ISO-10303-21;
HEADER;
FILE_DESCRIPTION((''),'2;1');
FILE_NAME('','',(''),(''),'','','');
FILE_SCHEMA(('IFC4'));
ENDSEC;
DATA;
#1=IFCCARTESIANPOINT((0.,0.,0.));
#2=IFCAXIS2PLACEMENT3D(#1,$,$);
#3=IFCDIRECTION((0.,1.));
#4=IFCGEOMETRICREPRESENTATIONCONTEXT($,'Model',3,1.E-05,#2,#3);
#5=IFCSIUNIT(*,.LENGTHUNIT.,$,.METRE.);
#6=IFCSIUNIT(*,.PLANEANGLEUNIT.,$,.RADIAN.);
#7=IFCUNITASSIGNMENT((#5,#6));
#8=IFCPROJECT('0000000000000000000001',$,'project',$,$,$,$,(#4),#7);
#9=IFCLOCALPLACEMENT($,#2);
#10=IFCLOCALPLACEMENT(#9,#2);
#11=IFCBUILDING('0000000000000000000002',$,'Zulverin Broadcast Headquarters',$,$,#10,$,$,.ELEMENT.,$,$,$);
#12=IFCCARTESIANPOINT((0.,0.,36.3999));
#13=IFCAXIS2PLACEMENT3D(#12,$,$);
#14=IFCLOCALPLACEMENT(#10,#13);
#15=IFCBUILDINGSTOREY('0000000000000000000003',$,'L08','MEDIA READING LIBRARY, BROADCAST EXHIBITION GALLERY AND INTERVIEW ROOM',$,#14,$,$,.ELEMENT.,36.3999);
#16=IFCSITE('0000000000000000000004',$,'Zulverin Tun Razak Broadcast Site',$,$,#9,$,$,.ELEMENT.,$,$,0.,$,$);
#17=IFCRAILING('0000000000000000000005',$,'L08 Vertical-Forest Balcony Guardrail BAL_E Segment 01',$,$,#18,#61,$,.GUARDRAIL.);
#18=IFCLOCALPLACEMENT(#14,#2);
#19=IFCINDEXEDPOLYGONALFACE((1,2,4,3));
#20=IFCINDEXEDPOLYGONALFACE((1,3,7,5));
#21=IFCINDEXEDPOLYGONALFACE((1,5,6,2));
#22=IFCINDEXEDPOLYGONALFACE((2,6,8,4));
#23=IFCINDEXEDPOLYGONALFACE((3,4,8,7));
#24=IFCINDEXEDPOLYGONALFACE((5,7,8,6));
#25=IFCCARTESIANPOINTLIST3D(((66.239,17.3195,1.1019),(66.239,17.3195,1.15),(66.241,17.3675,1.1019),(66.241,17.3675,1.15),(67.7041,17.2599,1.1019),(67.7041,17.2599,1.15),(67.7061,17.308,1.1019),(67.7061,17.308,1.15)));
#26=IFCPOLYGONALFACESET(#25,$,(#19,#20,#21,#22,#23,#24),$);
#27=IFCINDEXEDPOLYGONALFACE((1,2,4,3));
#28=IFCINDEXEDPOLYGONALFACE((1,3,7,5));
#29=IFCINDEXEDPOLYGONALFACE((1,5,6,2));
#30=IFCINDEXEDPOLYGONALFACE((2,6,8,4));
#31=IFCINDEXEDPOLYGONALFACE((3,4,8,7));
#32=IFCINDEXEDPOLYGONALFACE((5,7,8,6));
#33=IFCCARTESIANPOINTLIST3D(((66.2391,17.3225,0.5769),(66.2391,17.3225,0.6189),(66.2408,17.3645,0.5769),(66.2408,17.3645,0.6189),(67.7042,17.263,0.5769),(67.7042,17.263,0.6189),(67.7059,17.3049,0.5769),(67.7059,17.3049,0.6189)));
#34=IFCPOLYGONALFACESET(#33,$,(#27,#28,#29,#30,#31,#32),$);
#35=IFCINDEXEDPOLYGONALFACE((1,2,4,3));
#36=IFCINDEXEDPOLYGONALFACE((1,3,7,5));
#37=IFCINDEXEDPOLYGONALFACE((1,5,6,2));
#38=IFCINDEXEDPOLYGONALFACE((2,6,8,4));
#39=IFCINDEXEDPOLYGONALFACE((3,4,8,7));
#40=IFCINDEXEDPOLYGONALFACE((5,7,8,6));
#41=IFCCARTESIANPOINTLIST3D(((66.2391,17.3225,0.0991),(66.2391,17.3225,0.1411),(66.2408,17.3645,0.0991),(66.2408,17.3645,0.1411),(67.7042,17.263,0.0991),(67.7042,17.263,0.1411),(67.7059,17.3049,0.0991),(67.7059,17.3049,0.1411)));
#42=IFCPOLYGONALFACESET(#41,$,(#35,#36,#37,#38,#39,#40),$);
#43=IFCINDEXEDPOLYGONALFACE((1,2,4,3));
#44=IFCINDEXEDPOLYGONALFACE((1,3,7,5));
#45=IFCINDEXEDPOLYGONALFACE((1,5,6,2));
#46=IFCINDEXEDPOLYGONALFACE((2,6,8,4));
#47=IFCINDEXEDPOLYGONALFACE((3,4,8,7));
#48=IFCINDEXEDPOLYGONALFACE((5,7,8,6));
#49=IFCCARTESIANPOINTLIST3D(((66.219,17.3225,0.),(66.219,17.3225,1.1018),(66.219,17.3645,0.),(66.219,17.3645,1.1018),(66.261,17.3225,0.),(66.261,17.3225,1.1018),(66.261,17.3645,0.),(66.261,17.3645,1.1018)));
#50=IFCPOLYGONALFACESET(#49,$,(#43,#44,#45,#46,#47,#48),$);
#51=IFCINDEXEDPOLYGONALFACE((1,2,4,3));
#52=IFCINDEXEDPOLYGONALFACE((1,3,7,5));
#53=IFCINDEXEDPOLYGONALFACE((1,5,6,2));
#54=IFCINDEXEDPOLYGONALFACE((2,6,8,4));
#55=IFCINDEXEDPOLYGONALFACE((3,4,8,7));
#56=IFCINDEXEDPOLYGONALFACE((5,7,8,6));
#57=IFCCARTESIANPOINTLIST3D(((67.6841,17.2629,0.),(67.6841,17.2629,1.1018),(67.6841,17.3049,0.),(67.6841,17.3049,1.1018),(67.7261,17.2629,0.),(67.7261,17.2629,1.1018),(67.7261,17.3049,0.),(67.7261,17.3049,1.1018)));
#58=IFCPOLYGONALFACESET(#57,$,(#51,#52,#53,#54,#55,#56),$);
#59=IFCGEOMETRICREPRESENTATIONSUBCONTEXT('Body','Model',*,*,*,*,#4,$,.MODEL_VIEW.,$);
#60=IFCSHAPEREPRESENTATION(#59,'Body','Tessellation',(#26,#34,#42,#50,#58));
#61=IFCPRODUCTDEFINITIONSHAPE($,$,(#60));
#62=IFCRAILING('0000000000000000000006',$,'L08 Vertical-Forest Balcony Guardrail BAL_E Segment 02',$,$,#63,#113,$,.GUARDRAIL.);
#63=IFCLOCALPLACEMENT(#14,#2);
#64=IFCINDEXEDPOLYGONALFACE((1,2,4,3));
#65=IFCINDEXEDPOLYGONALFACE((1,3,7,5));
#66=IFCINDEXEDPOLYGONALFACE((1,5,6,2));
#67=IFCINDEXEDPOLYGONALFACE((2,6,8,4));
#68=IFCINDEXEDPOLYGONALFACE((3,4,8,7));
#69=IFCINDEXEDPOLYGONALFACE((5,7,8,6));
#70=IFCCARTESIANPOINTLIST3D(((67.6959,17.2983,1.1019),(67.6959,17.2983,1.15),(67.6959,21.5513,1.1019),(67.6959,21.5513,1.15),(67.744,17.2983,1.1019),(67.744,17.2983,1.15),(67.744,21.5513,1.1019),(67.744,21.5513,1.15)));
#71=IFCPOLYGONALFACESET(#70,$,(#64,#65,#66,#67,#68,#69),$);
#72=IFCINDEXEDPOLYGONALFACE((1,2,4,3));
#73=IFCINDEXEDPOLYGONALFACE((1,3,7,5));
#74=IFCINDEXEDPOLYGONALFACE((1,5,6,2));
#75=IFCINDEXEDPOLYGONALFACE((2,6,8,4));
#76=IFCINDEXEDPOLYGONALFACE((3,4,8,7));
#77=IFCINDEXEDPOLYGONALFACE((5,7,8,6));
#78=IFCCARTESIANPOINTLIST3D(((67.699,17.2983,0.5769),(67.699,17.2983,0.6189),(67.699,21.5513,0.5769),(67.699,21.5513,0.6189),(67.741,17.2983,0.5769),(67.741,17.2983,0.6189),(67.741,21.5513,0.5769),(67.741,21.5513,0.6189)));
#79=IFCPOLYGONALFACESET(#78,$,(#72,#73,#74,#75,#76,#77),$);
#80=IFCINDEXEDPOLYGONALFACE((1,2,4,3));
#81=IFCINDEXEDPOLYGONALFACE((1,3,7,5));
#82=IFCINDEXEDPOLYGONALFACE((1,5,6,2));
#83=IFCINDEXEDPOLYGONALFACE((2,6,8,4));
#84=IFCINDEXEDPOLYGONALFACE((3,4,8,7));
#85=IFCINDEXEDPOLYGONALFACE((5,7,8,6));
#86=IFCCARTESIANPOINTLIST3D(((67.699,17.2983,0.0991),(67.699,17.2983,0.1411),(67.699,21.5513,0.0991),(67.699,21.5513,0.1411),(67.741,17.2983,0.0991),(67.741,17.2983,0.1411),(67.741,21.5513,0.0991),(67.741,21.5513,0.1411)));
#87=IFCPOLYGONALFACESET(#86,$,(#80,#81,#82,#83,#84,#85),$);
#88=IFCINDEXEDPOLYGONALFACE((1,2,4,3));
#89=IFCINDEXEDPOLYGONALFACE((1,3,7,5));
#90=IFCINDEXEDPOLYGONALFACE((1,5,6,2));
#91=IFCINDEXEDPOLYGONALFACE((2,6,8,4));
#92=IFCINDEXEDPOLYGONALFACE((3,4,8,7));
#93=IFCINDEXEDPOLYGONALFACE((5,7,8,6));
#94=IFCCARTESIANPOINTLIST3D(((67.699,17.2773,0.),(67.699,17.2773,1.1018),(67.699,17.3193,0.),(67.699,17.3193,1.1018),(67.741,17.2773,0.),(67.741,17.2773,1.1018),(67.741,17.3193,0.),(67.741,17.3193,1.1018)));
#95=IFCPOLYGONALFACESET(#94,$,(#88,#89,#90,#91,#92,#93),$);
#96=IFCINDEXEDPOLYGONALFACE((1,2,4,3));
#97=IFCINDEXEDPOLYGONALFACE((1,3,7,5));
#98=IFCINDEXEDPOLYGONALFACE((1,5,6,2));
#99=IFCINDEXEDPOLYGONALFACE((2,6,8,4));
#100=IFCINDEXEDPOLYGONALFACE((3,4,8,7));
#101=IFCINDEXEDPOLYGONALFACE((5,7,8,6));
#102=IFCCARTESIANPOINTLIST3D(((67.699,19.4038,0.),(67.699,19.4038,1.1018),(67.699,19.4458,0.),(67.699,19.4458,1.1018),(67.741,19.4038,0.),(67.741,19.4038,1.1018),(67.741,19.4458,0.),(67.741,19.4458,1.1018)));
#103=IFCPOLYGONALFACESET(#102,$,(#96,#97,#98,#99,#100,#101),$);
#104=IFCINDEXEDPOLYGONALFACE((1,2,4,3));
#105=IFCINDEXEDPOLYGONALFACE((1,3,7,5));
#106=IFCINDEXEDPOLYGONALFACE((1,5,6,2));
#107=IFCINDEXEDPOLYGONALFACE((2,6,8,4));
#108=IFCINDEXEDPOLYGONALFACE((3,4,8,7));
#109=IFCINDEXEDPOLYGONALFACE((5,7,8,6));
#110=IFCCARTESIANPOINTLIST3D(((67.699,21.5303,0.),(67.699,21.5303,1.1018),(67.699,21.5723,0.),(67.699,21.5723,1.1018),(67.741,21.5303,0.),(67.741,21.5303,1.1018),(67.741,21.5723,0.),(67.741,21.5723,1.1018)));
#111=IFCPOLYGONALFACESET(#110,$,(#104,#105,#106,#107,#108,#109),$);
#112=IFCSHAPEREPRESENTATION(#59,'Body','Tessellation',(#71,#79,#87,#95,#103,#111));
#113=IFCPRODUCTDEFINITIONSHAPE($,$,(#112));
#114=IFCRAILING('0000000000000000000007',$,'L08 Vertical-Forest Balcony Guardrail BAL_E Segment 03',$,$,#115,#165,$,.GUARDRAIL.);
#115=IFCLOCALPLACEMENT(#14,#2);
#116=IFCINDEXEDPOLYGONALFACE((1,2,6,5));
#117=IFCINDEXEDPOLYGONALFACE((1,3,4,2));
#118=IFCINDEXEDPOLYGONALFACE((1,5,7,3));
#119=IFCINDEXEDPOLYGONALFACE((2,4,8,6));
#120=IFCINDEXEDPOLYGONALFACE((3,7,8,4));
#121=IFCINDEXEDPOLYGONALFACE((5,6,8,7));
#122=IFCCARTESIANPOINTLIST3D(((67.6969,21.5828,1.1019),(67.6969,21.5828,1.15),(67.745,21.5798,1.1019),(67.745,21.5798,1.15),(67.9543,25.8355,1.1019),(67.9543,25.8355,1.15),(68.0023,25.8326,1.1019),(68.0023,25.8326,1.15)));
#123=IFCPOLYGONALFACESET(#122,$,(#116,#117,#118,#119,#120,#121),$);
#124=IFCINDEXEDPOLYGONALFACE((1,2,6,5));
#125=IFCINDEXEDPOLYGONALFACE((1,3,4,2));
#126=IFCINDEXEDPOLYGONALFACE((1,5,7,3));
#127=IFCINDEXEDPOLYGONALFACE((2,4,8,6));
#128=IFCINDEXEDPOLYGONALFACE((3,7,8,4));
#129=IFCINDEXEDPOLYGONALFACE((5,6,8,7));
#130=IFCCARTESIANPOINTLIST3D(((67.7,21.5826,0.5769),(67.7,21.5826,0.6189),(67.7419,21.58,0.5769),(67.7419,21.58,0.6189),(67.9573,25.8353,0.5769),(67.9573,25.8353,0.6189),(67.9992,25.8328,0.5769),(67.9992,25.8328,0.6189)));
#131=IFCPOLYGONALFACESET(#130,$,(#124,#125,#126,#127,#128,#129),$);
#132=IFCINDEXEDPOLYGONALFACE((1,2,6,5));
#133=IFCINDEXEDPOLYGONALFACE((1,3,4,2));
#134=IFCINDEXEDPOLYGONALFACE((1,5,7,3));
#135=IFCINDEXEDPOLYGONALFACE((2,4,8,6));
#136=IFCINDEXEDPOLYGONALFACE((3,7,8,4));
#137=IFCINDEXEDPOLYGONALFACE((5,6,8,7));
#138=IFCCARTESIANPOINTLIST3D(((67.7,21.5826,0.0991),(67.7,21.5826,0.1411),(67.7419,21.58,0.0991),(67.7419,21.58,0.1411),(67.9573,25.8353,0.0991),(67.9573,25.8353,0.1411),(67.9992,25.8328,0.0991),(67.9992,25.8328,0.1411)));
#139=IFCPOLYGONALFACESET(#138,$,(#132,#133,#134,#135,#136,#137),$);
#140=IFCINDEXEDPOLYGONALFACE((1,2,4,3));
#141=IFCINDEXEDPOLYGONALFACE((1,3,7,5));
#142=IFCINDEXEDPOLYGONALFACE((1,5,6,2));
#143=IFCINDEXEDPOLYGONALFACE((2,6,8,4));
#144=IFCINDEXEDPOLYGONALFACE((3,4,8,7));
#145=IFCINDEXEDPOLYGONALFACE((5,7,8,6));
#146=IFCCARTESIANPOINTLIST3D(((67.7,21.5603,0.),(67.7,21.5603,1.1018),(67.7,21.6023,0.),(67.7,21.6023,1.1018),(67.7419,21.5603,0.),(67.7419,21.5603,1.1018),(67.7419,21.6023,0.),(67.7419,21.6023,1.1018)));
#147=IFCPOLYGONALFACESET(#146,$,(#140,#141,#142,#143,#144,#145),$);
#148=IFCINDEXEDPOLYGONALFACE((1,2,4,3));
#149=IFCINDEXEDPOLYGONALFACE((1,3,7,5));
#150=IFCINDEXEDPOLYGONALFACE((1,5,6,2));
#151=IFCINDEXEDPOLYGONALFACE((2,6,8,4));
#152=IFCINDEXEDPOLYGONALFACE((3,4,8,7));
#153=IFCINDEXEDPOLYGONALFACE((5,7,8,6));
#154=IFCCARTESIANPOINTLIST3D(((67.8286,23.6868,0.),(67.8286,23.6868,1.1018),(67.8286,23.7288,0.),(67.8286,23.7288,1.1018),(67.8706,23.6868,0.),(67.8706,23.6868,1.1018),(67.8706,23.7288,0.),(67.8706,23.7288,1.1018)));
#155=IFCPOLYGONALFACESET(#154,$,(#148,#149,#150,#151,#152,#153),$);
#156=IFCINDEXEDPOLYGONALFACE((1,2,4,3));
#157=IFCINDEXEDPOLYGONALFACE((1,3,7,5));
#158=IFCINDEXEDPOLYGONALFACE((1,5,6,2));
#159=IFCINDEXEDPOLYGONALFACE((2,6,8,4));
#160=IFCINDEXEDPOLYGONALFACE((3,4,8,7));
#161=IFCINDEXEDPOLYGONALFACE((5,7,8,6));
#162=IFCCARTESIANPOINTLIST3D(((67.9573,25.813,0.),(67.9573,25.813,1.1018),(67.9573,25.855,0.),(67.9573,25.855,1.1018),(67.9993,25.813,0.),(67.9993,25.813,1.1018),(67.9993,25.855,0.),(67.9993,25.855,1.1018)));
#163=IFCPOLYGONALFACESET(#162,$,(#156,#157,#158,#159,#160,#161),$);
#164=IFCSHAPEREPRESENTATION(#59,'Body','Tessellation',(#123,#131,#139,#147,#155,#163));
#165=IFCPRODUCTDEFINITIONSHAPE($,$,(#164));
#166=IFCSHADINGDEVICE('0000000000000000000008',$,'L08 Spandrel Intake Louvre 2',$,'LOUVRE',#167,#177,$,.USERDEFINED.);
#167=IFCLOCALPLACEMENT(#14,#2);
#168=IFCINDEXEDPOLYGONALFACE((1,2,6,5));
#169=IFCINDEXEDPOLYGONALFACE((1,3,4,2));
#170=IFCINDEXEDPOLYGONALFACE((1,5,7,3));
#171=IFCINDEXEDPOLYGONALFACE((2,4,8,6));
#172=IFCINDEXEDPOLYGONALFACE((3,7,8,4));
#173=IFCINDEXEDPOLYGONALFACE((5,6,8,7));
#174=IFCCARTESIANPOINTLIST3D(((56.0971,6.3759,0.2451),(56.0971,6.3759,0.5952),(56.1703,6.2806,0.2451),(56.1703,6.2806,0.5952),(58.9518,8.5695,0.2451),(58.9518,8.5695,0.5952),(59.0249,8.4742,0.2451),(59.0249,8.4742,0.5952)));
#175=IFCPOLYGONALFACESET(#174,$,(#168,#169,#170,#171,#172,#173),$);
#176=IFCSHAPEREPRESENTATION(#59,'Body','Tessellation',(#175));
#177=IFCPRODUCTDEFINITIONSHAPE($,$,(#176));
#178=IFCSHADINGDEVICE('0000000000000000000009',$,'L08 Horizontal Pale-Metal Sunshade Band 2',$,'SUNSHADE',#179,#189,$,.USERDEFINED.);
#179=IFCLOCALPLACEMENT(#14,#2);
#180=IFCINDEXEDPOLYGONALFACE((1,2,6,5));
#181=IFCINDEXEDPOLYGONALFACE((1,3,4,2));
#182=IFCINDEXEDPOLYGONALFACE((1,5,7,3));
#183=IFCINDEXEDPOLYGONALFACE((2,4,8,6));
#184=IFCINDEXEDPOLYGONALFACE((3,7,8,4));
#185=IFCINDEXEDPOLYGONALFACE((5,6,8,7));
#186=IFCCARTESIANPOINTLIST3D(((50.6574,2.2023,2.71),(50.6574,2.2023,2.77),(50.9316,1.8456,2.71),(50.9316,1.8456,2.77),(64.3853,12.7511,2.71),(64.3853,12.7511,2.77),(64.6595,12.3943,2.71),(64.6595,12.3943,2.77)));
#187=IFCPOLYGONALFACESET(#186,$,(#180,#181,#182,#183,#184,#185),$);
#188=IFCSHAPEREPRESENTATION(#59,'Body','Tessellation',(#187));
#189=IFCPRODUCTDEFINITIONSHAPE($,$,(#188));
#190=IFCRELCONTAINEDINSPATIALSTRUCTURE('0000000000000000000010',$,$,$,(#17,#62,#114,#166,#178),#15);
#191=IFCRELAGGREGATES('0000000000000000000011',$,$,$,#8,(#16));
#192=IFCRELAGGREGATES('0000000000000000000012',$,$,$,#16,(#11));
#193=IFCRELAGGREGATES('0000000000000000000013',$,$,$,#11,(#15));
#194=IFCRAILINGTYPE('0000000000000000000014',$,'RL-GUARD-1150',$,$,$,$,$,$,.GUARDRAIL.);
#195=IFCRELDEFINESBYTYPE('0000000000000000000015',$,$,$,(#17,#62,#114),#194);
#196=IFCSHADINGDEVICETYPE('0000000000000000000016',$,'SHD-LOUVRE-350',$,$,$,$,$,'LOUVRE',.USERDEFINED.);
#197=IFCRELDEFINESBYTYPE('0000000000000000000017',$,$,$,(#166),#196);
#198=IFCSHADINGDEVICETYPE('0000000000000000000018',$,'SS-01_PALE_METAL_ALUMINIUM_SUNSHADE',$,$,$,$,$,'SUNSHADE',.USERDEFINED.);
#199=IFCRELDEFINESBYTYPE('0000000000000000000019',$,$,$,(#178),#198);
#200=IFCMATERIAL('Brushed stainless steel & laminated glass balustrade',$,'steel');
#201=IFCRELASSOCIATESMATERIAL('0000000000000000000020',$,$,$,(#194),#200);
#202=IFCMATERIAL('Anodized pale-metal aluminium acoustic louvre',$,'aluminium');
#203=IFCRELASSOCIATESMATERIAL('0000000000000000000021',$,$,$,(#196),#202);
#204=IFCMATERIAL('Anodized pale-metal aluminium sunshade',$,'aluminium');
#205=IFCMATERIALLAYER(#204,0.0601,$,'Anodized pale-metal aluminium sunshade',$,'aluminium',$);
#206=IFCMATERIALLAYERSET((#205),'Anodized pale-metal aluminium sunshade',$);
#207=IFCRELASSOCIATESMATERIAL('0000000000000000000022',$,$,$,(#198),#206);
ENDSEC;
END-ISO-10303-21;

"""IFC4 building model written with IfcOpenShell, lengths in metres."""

from ifc_helpers import new_model, si_unit, direction, frame, origin, origin_2d, place, context, subcontext, project, spatial, rectangle, extrude, material, layer, layer_set, type_object, element, save


model = new_model("IFC4")

# Units and contexts
model_context = context("Model", 3, precision=1e-05, world=origin(), true_north=direction((0.0, 1.0)))
body_context = subcontext(model_context, "Body", "Model", "MODEL_VIEW")
ifc_project = project(units=[si_unit("LENGTHUNIT", "METRE"), si_unit("PLANEANGLEUNIT", "RADIAN")], contexts=[model_context])

# Site, building, storey
site_placement = place(None, origin())
site = spatial("IfcSite", under=ifc_project, at=site_placement, Name="Zulverin Tun Razak Broadcast Site", CompositionType="ELEMENT", RefElevation=0.0)
building_placement = place(site_placement, origin())
building = spatial("IfcBuilding", under=site, at=building_placement, Name="Zulverin Broadcast Headquarters", CompositionType="ELEMENT")
storey_placement = place(building_placement, frame((0.0, 0.0, 36.3999)))
storey = spatial("IfcBuildingStorey", under=building, at=storey_placement, Name="L08", Description="MEDIA READING LIBRARY, BROADCAST EXHIBITION GALLERY AND INTERVIEW ROOM", CompositionType="ELEMENT", Elevation=36.3999)

# Railings
ifc_material_1 = material(Name="Brushed stainless steel & laminated glass balustrade", Category="steel")
railing_type = type_object("IfcRailingType", Name="RL-GUARD-1150", PredefinedType="GUARDRAIL", material=ifc_material_1)
railing_1_placement = place(storey_placement, frame((66.24, 17.3435, 0.0)))
element("IfcRailing", 1, at=railing_1_placement, inside=storey, type_object=railing_type, Name="L08 Vertical-Forest Balcony Guardrail BAL_E Segment 01", PredefinedType="GUARDRAIL", context=body_context, shape_type="SweptSolid", body=[
    extrude(rectangle(XDim=0.0481, YDim=0.0481, at=origin_2d()), frame((0.0, 0.0, 1.126), z_axis=(0.999174, -0.040626, 0.0), x_axis=(0.040626, 0.999174, 0.0)), (0.0, 0.0, 1.0), 1.4663),
    extrude(rectangle(XDim=0.042, YDim=0.042, at=origin_2d()), frame((0.0, 0.0, 0.5979), z_axis=(0.999174, -0.040626, 0.0), x_axis=(0.040626, 0.999174, 0.0)), (0.0, 0.0, 1.0), 1.4663),
    extrude(rectangle(XDim=0.042, YDim=0.042, at=origin_2d()), frame((0.0, 0.0, 0.1201), z_axis=(0.999174, -0.040626, 0.0), x_axis=(0.040626, 0.999174, 0.0)), (0.0, 0.0, 1.0), 1.4663),
    extrude(rectangle(XDim=0.042, YDim=0.042, at=origin_2d()), origin(), (0.0, 0.0, 1.0), 1.1018),
    extrude(rectangle(XDim=0.042, YDim=0.042, at=origin_2d()), frame((1.4651, -0.0596, 0.0)), (0.0, 0.0, 1.0), 1.1018),
])
railing_2_placement = place(storey_placement, frame((67.72, 17.2983, 0.0)))
element("IfcRailing", 2, at=railing_2_placement, inside=storey, type_object=railing_type, Name="L08 Vertical-Forest Balcony Guardrail BAL_E Segment 02", PredefinedType="GUARDRAIL", context=body_context, shape_type="SweptSolid", body=[
    extrude(rectangle(XDim=0.0481, YDim=0.0481, at=origin_2d()), frame((0.0, 0.0, 1.126), z_axis=(0.0, 1.0, 0.0), x_axis=(-1.0, 0.0, 0.0)), (0.0, 0.0, 1.0), 4.2529),
    extrude(rectangle(XDim=0.042, YDim=0.042, at=origin_2d()), frame((0.0, 0.0, 0.5979), z_axis=(0.0, 1.0, 0.0), x_axis=(-1.0, 0.0, 0.0)), (0.0, 0.0, 1.0), 4.2529),
    extrude(rectangle(XDim=0.042, YDim=0.042, at=origin_2d()), frame((0.0, 0.0, 0.1201), z_axis=(0.0, 1.0, 0.0), x_axis=(-1.0, 0.0, 0.0)), (0.0, 0.0, 1.0), 4.2529),
    extrude(rectangle(XDim=0.042, YDim=0.042, at=origin_2d()), origin(), (0.0, 0.0, 1.0), 1.1018),
    extrude(rectangle(XDim=0.042, YDim=0.042, at=origin_2d()), frame((0.0, 2.1265, 0.0)), (0.0, 0.0, 1.0), 1.1018),
    extrude(rectangle(XDim=0.042, YDim=0.042, at=origin_2d()), frame((0.0, 4.2529, 0.0)), (0.0, 0.0, 1.0), 1.1018),
])
railing_3_placement = place(storey_placement, frame((67.7209, 21.5813, 0.0)))
element("IfcRailing", 3, at=railing_3_placement, inside=storey, type_object=railing_type, Name="L08 Vertical-Forest Balcony Guardrail BAL_E Segment 03", PredefinedType="GUARDRAIL", context=body_context, shape_type="SweptSolid", body=[
    extrude(rectangle(XDim=0.0481, YDim=0.0481, at=origin_2d()), frame((0.0, 0.0, 1.126), z_axis=(0.060398, 0.998174, 0.0), x_axis=(-0.998174, 0.060398, 0.0)), (0.0, 0.0, 1.0), 4.2605),
    extrude(rectangle(XDim=0.042, YDim=0.042, at=origin_2d()), frame((0.0, 0.0, 0.5979), z_axis=(0.060398, 0.998174, 0.0), x_axis=(-0.998174, 0.060398, 0.0)), (0.0, 0.0, 1.0), 4.2605),
    extrude(rectangle(XDim=0.042, YDim=0.042, at=origin_2d()), frame((0.0, 0.0, 0.1201), z_axis=(0.060398, 0.998174, 0.0), x_axis=(-0.998174, 0.060398, 0.0)), (0.0, 0.0, 1.0), 4.2605),
    extrude(rectangle(XDim=0.042, YDim=0.042, at=origin_2d()), origin(), (0.0, 0.0, 1.0), 1.1018),
    extrude(rectangle(XDim=0.042, YDim=0.042, at=origin_2d()), frame((0.1287, 2.1265, 0.0)), (0.0, 0.0, 1.0), 1.1018),
    extrude(rectangle(XDim=0.042, YDim=0.042, at=origin_2d()), frame((0.2573, 4.2527, 0.0)), (0.0, 0.0, 1.0), 1.1018),
])

# Shading devices
ifc_material_2 = material(Name="Anodized pale-metal aluminium acoustic louvre", Category="aluminium")
shading_device_type_1 = type_object("IfcShadingDeviceType", Name="SHD-LOUVRE-350", ElementType="LOUVRE", PredefinedType="USERDEFINED", material=ifc_material_2)
shading_device_1_placement = place(storey_placement, frame((57.561, 7.425, 0.2451), z_axis=(0.0, 0.0, 1.0), x_axis=(0.792933, 0.609308, 0.0)))
element("IfcShadingDevice", 4, at=shading_device_1_placement, inside=storey, type_object=shading_device_type_1, Name="L08 Spandrel Intake Louvre 2", ObjectType="LOUVRE", PredefinedType="USERDEFINED", context=body_context, shape_type="SweptSolid", body=[
    extrude(rectangle(XDim=3.6001, YDim=0.1201, at=origin_2d()), origin(), (0.0, 0.0, 1.0), 0.3501),
])
ifc_material_3 = material(Name="Anodized pale-metal aluminium sunshade", Category="aluminium")
ifc_layer_1 = layer(ifc_material_3, 0.0601, Name="Anodized pale-metal aluminium sunshade", Category="aluminium")
ifc_layer_set_1 = layer_set([ifc_layer_1], Name="Anodized pale-metal aluminium sunshade")
shading_device_type_2 = type_object("IfcShadingDeviceType", Name="SS-01_PALE_METAL_ALUMINIUM_SUNSHADE", ElementType="SUNSHADE", PredefinedType="USERDEFINED", material=ifc_layer_set_1)
shading_device_2_placement = place(storey_placement, frame((57.6584, 7.2983, 2.71), z_axis=(0.0, 0.0, 1.0), x_axis=(0.792933, 0.609308, 0.0)))
element("IfcShadingDevice", 5, at=shading_device_2_placement, inside=storey, type_object=shading_device_type_2, Name="L08 Horizontal Pale-Metal Sunshade Band 2", ObjectType="SUNSHADE", PredefinedType="USERDEFINED", context=body_context, shape_type="SweptSolid", body=[
    extrude(rectangle(XDim=17.3127, YDim=0.45, at=origin_2d()), origin(), (0.0, 0.0, 1.0), 0.0601),
])

save(model, "model.ifc")
